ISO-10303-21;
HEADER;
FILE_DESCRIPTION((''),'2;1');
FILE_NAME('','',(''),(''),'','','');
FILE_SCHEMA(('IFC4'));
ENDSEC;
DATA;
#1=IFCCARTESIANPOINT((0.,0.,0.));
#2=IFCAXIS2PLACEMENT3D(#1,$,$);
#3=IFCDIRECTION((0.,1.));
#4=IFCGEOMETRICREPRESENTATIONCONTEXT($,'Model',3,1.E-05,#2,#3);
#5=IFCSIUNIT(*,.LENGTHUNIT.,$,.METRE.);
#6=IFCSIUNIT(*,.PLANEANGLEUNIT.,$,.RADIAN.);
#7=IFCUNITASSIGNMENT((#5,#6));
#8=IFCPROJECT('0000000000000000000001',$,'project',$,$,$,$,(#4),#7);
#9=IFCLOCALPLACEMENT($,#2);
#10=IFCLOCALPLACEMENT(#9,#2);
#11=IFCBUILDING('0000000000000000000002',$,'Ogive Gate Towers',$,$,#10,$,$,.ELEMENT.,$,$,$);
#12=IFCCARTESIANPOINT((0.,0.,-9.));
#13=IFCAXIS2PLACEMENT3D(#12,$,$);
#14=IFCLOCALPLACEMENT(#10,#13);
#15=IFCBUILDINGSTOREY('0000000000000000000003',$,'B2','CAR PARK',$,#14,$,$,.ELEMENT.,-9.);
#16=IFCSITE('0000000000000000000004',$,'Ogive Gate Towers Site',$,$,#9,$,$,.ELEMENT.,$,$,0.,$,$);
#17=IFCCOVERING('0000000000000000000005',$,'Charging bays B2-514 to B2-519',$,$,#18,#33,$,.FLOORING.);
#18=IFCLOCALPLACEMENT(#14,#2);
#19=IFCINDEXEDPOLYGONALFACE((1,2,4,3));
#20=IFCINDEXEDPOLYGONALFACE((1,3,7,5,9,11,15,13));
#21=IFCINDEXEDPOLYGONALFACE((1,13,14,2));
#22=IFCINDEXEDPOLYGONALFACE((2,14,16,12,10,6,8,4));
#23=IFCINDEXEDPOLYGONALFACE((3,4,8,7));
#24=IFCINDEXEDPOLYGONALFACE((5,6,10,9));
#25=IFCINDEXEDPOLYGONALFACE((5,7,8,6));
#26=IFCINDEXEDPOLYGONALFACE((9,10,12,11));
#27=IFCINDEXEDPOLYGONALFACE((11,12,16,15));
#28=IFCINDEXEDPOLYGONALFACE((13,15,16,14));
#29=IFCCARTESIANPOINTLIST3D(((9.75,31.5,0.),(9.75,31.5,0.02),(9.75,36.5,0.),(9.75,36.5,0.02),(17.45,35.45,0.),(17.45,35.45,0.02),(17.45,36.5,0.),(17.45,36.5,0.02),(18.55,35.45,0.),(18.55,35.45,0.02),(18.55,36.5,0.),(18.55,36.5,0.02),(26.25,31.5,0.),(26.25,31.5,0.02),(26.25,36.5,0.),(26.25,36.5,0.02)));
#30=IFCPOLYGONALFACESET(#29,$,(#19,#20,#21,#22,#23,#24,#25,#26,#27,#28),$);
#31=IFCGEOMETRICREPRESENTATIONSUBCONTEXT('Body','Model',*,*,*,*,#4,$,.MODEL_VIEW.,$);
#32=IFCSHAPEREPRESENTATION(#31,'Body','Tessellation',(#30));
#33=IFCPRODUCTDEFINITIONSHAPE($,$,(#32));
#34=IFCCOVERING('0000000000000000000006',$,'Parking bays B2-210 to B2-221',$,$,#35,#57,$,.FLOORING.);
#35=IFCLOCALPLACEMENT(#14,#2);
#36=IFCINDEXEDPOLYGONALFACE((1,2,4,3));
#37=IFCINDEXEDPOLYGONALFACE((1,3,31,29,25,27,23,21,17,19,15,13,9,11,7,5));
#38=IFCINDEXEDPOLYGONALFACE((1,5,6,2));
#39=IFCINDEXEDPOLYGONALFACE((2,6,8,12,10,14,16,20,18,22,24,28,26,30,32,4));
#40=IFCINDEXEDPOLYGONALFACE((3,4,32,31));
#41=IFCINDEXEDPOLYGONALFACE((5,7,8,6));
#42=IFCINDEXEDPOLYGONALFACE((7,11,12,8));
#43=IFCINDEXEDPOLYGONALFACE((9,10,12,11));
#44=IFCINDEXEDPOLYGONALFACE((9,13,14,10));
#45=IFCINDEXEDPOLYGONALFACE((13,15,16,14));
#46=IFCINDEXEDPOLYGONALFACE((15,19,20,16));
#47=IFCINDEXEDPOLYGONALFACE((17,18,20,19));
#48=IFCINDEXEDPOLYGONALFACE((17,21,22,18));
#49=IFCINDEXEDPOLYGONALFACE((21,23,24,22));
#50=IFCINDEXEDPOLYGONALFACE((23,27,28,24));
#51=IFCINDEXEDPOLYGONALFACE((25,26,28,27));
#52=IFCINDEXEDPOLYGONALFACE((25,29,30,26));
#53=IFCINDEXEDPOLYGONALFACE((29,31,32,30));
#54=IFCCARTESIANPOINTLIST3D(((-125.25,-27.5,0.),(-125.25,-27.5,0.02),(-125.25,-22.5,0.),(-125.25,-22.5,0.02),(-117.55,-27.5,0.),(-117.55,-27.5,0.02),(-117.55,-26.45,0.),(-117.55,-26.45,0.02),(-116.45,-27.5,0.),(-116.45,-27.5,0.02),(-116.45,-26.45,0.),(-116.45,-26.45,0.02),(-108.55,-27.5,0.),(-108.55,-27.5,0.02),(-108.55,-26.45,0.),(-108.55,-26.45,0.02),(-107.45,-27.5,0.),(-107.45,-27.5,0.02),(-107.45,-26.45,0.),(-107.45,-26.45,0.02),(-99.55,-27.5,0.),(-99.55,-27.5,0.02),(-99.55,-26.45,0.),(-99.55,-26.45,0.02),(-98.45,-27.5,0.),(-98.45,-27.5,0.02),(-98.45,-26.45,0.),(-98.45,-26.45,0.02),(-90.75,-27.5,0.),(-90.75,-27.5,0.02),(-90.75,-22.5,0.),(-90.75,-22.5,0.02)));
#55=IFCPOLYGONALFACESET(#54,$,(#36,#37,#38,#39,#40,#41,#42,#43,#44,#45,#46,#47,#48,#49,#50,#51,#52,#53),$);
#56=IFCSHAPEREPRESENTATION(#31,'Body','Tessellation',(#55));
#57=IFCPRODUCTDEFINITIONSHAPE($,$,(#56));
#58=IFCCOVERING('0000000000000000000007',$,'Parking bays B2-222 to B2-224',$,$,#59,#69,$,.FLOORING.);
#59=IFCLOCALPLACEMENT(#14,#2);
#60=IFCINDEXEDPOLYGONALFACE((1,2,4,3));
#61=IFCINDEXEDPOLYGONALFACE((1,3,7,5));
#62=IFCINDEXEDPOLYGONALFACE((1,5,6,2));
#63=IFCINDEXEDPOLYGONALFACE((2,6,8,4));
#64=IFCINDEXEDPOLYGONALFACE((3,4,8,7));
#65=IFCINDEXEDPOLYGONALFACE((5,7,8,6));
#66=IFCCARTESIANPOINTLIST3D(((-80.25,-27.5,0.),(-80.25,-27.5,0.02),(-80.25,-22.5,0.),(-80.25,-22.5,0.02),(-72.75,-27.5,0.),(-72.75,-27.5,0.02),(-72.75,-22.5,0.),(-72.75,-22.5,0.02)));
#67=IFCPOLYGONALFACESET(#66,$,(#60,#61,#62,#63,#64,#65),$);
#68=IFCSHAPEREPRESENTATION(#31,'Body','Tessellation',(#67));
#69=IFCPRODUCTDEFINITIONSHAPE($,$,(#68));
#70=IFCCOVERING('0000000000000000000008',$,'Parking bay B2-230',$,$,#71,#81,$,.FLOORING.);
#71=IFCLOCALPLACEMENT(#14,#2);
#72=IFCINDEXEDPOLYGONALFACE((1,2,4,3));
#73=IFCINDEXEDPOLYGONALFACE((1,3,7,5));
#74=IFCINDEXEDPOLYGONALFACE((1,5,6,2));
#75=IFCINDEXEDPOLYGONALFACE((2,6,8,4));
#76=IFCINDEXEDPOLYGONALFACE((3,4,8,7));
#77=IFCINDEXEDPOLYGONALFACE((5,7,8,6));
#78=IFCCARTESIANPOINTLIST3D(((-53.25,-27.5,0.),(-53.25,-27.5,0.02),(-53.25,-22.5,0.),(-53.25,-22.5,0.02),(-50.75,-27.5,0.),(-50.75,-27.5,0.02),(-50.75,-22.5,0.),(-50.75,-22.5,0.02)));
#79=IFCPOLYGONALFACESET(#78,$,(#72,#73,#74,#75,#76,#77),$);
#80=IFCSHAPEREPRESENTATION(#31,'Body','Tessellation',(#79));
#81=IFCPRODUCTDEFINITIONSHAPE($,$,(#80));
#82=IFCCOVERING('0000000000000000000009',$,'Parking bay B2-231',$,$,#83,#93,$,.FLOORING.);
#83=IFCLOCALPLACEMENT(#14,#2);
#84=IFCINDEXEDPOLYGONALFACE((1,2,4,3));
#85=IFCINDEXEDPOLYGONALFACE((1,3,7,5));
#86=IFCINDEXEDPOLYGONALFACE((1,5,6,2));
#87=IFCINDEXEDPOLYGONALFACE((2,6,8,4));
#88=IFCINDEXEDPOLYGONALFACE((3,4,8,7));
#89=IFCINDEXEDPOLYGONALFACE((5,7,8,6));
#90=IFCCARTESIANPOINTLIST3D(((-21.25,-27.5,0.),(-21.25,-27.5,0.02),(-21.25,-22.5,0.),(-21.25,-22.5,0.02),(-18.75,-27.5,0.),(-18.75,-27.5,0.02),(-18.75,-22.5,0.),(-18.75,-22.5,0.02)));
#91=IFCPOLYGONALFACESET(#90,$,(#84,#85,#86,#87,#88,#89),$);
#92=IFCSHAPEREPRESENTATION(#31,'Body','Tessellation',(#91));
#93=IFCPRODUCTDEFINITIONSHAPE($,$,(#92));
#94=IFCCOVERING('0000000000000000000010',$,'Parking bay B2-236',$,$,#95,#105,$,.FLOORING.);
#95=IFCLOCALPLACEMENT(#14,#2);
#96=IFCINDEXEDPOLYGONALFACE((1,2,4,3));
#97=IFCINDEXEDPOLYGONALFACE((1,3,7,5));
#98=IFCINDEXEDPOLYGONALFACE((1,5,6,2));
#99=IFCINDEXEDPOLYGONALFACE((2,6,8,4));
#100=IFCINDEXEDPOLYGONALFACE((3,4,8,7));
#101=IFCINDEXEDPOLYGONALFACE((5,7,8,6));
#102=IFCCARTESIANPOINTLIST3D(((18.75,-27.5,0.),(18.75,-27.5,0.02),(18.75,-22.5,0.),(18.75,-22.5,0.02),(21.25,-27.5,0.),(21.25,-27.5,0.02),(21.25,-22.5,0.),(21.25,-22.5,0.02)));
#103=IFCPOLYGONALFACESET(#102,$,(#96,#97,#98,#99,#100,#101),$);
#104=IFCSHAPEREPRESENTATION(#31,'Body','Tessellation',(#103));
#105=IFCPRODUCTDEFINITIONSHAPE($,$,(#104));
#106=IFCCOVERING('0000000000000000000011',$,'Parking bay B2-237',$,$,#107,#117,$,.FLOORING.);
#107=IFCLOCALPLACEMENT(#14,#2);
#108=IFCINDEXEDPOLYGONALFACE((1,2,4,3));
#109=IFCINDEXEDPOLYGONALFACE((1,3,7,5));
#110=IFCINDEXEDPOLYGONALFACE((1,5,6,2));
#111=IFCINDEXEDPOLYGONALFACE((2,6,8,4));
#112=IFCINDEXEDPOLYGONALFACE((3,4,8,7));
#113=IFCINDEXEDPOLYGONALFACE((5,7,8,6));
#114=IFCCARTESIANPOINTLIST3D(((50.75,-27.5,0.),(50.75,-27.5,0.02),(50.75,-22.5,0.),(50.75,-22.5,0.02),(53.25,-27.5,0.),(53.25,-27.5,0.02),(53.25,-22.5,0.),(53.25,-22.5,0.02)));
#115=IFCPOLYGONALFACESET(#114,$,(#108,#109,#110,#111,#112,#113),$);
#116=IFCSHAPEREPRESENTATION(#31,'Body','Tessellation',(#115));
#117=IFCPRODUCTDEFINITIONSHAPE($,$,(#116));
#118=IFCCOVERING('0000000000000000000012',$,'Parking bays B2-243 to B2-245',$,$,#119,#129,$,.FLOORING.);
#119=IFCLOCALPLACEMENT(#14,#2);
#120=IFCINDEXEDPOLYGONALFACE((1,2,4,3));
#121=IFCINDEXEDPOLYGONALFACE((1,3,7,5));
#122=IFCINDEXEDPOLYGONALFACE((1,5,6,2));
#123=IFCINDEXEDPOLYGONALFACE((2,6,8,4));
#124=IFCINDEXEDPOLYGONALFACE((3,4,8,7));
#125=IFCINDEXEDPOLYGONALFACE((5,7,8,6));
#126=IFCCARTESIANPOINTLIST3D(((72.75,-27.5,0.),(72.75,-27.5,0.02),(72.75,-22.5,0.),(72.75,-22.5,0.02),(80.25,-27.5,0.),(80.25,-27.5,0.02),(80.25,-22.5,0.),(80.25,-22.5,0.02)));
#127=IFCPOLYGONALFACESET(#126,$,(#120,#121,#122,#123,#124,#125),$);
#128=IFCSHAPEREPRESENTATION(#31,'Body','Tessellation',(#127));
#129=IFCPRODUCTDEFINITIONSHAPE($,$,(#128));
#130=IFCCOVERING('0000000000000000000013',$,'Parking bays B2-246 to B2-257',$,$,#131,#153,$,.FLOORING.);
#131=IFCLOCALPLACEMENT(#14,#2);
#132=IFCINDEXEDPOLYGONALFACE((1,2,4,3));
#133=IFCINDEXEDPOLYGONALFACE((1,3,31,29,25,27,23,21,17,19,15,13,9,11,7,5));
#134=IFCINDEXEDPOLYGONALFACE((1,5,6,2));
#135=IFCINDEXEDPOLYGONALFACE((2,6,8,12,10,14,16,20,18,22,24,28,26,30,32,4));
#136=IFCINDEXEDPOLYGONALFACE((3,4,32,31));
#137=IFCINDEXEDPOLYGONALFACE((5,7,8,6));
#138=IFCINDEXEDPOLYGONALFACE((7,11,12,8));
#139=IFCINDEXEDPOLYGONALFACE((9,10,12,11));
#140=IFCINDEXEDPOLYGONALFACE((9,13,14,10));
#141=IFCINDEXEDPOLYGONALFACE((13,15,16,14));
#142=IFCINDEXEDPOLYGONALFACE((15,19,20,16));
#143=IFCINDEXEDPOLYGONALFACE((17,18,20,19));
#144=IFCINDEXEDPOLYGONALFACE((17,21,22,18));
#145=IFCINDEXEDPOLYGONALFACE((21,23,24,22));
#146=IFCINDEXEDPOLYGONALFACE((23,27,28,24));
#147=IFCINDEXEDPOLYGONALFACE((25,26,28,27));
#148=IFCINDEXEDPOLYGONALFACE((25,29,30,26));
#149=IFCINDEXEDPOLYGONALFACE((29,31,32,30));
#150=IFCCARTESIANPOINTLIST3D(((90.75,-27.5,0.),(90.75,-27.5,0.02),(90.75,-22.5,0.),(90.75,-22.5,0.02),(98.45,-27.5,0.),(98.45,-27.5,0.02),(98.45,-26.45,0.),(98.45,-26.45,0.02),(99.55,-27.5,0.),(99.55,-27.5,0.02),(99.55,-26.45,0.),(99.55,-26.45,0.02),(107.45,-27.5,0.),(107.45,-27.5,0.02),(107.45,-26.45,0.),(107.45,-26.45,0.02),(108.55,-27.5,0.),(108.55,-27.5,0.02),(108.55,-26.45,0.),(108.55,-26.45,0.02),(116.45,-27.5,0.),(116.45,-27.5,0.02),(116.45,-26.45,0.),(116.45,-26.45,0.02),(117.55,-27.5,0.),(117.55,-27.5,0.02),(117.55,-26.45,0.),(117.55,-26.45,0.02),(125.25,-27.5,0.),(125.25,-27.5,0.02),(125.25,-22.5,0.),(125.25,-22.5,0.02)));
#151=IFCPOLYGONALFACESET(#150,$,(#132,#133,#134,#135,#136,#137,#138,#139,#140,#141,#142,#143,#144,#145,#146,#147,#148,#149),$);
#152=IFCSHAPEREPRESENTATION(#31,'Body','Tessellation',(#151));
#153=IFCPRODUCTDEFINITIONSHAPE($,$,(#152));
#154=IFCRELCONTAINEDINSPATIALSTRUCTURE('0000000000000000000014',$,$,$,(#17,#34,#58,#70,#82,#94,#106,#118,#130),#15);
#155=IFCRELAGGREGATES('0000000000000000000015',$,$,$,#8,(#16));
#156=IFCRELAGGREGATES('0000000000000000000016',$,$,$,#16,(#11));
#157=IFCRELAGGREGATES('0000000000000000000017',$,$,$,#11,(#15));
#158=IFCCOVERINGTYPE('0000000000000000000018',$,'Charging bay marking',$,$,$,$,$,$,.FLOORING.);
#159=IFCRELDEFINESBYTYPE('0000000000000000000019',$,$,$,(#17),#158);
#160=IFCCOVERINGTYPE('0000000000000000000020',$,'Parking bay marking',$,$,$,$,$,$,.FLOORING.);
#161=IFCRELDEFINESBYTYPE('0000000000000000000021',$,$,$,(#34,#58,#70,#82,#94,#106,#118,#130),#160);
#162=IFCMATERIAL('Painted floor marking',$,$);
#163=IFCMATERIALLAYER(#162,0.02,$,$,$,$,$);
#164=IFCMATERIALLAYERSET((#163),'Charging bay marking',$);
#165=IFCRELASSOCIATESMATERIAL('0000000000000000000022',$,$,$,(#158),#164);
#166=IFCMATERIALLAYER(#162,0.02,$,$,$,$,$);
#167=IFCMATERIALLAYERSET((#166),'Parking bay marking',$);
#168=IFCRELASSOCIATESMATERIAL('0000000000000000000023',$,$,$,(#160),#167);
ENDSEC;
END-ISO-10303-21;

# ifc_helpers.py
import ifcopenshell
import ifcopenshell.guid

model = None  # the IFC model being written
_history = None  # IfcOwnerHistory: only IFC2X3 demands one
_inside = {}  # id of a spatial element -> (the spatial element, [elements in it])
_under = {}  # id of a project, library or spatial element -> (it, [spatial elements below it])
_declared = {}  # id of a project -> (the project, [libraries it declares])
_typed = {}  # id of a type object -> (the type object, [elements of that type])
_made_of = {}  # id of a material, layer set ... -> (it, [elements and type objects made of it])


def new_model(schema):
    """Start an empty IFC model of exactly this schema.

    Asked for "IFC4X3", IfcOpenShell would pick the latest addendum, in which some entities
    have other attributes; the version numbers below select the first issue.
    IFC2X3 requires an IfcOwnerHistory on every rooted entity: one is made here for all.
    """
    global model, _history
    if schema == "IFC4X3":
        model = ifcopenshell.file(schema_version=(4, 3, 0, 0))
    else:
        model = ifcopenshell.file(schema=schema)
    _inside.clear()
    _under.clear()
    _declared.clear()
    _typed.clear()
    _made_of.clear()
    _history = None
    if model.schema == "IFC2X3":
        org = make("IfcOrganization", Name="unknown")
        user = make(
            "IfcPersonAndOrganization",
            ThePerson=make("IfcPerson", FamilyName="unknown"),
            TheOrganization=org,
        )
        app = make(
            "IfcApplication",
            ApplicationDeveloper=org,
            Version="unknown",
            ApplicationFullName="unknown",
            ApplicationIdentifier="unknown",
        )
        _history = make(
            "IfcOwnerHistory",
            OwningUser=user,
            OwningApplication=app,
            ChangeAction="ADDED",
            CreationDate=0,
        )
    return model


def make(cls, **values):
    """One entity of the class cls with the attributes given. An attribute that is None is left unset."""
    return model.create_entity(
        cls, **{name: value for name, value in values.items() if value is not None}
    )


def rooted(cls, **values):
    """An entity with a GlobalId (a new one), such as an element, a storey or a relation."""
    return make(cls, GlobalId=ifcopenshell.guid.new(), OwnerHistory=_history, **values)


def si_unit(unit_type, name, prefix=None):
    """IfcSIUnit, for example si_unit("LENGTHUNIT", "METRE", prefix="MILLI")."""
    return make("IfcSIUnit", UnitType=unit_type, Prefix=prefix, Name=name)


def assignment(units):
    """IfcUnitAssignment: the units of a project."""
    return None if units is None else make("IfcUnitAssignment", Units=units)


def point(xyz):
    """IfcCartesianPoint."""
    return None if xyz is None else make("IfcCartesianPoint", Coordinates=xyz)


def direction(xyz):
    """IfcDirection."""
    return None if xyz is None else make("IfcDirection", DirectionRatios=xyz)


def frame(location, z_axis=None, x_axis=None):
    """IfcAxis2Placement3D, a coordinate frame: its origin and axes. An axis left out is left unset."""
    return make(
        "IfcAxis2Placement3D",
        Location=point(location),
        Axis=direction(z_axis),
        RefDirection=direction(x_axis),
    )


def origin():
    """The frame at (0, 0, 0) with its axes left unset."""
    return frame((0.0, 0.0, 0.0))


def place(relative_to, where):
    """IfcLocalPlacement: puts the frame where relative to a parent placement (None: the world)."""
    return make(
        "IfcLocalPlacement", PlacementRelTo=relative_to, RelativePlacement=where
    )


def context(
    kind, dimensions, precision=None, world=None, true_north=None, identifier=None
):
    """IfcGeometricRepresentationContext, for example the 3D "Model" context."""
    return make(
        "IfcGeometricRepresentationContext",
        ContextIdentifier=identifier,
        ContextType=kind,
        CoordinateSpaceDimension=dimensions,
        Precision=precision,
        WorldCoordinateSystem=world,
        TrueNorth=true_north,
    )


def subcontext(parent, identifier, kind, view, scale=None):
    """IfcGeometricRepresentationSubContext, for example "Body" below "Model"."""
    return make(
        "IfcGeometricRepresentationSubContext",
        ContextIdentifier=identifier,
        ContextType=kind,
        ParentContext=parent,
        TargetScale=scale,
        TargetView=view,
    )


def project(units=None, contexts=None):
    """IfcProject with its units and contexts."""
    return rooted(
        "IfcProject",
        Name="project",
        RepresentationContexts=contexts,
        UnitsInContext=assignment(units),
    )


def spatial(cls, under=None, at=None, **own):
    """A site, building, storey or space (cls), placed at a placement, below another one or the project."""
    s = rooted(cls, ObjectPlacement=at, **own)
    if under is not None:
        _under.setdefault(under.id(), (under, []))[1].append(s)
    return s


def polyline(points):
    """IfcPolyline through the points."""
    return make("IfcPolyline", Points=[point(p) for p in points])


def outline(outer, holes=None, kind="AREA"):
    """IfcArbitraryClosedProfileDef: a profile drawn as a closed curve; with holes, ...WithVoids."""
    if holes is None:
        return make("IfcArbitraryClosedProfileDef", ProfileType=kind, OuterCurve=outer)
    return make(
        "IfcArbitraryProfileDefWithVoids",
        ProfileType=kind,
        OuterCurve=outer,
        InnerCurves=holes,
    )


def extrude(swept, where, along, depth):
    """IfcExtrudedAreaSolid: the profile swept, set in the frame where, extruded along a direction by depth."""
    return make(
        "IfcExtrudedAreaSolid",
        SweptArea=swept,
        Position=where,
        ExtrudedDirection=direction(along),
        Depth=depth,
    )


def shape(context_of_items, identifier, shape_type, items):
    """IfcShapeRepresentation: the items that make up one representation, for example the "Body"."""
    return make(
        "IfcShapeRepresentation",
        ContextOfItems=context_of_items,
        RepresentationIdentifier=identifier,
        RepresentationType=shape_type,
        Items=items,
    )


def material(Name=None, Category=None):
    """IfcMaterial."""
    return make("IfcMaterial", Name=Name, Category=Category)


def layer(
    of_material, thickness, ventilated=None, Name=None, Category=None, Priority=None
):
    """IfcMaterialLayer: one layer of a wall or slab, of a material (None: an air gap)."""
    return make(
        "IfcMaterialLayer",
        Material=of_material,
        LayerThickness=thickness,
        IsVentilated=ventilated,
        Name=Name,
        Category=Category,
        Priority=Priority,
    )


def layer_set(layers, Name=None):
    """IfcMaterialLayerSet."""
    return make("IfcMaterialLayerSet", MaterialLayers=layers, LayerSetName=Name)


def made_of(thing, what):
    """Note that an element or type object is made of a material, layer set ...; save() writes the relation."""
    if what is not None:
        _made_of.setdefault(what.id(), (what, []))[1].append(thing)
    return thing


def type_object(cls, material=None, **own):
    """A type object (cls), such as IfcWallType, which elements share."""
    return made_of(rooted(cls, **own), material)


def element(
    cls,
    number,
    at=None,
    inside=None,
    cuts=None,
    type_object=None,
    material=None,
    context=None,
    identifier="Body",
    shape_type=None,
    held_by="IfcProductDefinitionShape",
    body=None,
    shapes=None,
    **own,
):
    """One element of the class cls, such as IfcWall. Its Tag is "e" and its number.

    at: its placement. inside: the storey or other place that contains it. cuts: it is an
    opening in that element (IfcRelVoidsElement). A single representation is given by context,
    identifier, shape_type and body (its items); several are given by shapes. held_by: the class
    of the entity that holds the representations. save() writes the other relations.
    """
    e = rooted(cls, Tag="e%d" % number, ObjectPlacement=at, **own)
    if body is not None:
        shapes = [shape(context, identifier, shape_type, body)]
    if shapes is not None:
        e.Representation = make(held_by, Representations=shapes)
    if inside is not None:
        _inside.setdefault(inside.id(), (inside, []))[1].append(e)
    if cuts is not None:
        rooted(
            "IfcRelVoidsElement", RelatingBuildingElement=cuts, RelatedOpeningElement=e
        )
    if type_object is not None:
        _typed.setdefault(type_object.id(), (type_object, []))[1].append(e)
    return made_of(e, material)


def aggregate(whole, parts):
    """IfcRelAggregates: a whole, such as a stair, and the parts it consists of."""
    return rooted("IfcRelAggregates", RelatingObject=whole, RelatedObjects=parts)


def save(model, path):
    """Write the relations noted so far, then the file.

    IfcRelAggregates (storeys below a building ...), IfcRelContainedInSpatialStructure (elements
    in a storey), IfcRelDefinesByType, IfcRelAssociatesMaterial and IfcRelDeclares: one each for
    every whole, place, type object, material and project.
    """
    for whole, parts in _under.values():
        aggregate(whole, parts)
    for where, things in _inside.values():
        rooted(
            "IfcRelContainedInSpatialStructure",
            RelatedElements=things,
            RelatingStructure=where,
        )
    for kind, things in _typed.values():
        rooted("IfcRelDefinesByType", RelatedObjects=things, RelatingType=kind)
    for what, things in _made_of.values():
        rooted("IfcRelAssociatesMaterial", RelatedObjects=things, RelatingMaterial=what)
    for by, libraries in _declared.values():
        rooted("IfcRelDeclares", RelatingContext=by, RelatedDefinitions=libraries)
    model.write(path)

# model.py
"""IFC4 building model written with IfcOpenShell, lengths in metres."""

from ifc_helpers import new_model, si_unit, direction, frame, origin, place, context, subcontext, project, spatial, polyline, outline, extrude, material, layer, layer_set, type_object, element, save


model = new_model("IFC4")

# Units and contexts
model_context = context("Model", 3, precision=1e-05, world=origin(), true_north=direction((0.0, 1.0)))
body_context = subcontext(model_context, "Body", "Model", "MODEL_VIEW")
ifc_project = project(units=[si_unit("LENGTHUNIT", "METRE"), si_unit("PLANEANGLEUNIT", "RADIAN")], contexts=[model_context])

# Site, building, storey
site_placement = place(None, origin())
site = spatial("IfcSite", under=ifc_project, at=site_placement, Name="Ogive Gate Towers Site", CompositionType="ELEMENT", RefElevation=0.0)
building_placement = place(site_placement, origin())
building = spatial("IfcBuilding", under=site, at=building_placement, Name="Ogive Gate Towers", CompositionType="ELEMENT")
storey_placement = place(building_placement, frame((0.0, 0.0, -9.0)))
storey = spatial("IfcBuildingStorey", under=building, at=storey_placement, Name="B2", Description="CAR PARK", CompositionType="ELEMENT", Elevation=-9.0)

# Coverings
ifc_material = material(Name="Painted floor marking")
ifc_layer_1 = layer(ifc_material, 0.02)
ifc_layer_set_1 = layer_set([ifc_layer_1], Name="Charging bay marking")
covering_type_1 = type_object("IfcCoveringType", Name="Charging bay marking", PredefinedType="FLOORING", material=ifc_layer_set_1)
covering_1_placement = place(storey_placement, origin())
element("IfcCovering", 1, at=covering_1_placement, inside=storey, type_object=covering_type_1, Name="Charging bays B2-514 to B2-519", PredefinedType="FLOORING", context=body_context, shape_type="SweptSolid", body=[
    extrude(outline(polyline([(9.75, 36.5), (17.45, 36.5), (17.45, 35.45), (18.55, 35.45), (18.55, 36.5), (26.25, 36.5), (26.25, 31.5), (9.75, 31.5), (9.75, 36.5)])), origin(), (0.0, 0.0, 1.0), 0.02),
])
ifc_layer_2 = layer(ifc_material, 0.02)
ifc_layer_set_2 = layer_set([ifc_layer_2], Name="Parking bay marking")
covering_type_2 = type_object("IfcCoveringType", Name="Parking bay marking", PredefinedType="FLOORING", material=ifc_layer_set_2)
covering_2_placement = place(storey_placement, origin())
element("IfcCovering", 2, at=covering_2_placement, inside=storey, type_object=covering_type_2, Name="Parking bays B2-210 to B2-221", PredefinedType="FLOORING", context=body_context, shape_type="SweptSolid", body=[
    extrude(outline(polyline([(-125.25, -22.5), (-90.75, -22.5), (-90.75, -27.5), (-98.45, -27.5), (-98.45, -26.45), (-99.55, -26.45), (-99.55, -27.5), (-107.45, -27.5), (-107.45, -26.45), (-108.55, -26.45), (-108.55, -27.5), (-116.45, -27.5), (-116.45, -26.45), (-117.55, -26.45), (-117.55, -27.5), (-125.25, -27.5), (-125.25, -22.5)])), origin(), (0.0, 0.0, 1.0), 0.02),
])
covering_3_placement = place(storey_placement, origin())
element("IfcCovering", 3, at=covering_3_placement, inside=storey, type_object=covering_type_2, Name="Parking bays B2-222 to B2-224", PredefinedType="FLOORING", context=body_context, shape_type="SweptSolid", body=[
    extrude(outline(polyline([(-80.25, -22.5), (-72.75, -22.5), (-72.75, -27.5), (-80.25, -27.5), (-80.25, -22.5)])), origin(), (0.0, 0.0, 1.0), 0.02),
])
covering_4_placement = place(storey_placement, origin())
element("IfcCovering", 4, at=covering_4_placement, inside=storey, type_object=covering_type_2, Name="Parking bay B2-230", PredefinedType="FLOORING", context=body_context, shape_type="SweptSolid", body=[
    extrude(outline(polyline([(-53.25, -22.5), (-50.75, -22.5), (-50.75, -27.5), (-53.25, -27.5), (-53.25, -22.5)])), origin(), (0.0, 0.0, 1.0), 0.02),
])
covering_5_placement = place(storey_placement, origin())
element("IfcCovering", 5, at=covering_5_placement, inside=storey, type_object=covering_type_2, Name="Parking bay B2-231", PredefinedType="FLOORING", context=body_context, shape_type="SweptSolid", body=[
    extrude(outline(polyline([(-21.25, -22.5), (-18.75, -22.5), (-18.75, -27.5), (-21.25, -27.5), (-21.25, -22.5)])), origin(), (0.0, 0.0, 1.0), 0.02),
])
covering_6_placement = place(storey_placement, origin())
element("IfcCovering", 6, at=covering_6_placement, inside=storey, type_object=covering_type_2, Name="Parking bay B2-236", PredefinedType="FLOORING", context=body_context, shape_type="SweptSolid", body=[
    extrude(outline(polyline([(18.75, -22.5), (21.25, -22.5), (21.25, -27.5), (18.75, -27.5), (18.75, -22.5)])), origin(), (0.0, 0.0, 1.0), 0.02),
])
covering_7_placement = place(storey_placement, origin())
element("IfcCovering", 7, at=covering_7_placement, inside=storey, type_object=covering_type_2, Name="Parking bay B2-237", PredefinedType="FLOORING", context=body_context, shape_type="SweptSolid", body=[
    extrude(outline(polyline([(53.25, -22.5), (53.25, -27.5), (50.75, -27.5), (50.75, -22.5), (53.25, -22.5)])), origin(), (0.0, 0.0, 1.0), 0.02),
])
covering_8_placement = place(storey_placement, origin())
element("IfcCovering", 8, at=covering_8_placement, inside=storey, type_object=covering_type_2, Name="Parking bays B2-243 to B2-245", PredefinedType="FLOORING", context=body_context, shape_type="SweptSolid", body=[
    extrude(outline(polyline([(72.75, -22.5), (80.25, -22.5), (80.25, -27.5), (72.75, -27.5), (72.75, -22.5)])), origin(), (0.0, 0.0, 1.0), 0.02),
])
covering_9_placement = place(storey_placement, origin())
element("IfcCovering", 9, at=covering_9_placement, inside=storey, type_object=covering_type_2, Name="Parking bays B2-246 to B2-257", PredefinedType="FLOORING", context=body_context, shape_type="SweptSolid", body=[
    extrude(outline(polyline([(90.75, -22.5), (125.25, -22.5), (125.25, -27.5), (117.55, -27.5), (117.55, -26.45), (116.45, -26.45), (116.45, -27.5), (108.55, -27.5), (108.55, -26.45), (107.45, -26.45), (107.45, -27.5), (99.55, -27.5), (99.55, -26.45), (98.45, -26.45), (98.45, -27.5), (90.75, -27.5), (90.75, -22.5)])), origin(), (0.0, 0.0, 1.0), 0.02),
])

save(model, "model.ifc")
